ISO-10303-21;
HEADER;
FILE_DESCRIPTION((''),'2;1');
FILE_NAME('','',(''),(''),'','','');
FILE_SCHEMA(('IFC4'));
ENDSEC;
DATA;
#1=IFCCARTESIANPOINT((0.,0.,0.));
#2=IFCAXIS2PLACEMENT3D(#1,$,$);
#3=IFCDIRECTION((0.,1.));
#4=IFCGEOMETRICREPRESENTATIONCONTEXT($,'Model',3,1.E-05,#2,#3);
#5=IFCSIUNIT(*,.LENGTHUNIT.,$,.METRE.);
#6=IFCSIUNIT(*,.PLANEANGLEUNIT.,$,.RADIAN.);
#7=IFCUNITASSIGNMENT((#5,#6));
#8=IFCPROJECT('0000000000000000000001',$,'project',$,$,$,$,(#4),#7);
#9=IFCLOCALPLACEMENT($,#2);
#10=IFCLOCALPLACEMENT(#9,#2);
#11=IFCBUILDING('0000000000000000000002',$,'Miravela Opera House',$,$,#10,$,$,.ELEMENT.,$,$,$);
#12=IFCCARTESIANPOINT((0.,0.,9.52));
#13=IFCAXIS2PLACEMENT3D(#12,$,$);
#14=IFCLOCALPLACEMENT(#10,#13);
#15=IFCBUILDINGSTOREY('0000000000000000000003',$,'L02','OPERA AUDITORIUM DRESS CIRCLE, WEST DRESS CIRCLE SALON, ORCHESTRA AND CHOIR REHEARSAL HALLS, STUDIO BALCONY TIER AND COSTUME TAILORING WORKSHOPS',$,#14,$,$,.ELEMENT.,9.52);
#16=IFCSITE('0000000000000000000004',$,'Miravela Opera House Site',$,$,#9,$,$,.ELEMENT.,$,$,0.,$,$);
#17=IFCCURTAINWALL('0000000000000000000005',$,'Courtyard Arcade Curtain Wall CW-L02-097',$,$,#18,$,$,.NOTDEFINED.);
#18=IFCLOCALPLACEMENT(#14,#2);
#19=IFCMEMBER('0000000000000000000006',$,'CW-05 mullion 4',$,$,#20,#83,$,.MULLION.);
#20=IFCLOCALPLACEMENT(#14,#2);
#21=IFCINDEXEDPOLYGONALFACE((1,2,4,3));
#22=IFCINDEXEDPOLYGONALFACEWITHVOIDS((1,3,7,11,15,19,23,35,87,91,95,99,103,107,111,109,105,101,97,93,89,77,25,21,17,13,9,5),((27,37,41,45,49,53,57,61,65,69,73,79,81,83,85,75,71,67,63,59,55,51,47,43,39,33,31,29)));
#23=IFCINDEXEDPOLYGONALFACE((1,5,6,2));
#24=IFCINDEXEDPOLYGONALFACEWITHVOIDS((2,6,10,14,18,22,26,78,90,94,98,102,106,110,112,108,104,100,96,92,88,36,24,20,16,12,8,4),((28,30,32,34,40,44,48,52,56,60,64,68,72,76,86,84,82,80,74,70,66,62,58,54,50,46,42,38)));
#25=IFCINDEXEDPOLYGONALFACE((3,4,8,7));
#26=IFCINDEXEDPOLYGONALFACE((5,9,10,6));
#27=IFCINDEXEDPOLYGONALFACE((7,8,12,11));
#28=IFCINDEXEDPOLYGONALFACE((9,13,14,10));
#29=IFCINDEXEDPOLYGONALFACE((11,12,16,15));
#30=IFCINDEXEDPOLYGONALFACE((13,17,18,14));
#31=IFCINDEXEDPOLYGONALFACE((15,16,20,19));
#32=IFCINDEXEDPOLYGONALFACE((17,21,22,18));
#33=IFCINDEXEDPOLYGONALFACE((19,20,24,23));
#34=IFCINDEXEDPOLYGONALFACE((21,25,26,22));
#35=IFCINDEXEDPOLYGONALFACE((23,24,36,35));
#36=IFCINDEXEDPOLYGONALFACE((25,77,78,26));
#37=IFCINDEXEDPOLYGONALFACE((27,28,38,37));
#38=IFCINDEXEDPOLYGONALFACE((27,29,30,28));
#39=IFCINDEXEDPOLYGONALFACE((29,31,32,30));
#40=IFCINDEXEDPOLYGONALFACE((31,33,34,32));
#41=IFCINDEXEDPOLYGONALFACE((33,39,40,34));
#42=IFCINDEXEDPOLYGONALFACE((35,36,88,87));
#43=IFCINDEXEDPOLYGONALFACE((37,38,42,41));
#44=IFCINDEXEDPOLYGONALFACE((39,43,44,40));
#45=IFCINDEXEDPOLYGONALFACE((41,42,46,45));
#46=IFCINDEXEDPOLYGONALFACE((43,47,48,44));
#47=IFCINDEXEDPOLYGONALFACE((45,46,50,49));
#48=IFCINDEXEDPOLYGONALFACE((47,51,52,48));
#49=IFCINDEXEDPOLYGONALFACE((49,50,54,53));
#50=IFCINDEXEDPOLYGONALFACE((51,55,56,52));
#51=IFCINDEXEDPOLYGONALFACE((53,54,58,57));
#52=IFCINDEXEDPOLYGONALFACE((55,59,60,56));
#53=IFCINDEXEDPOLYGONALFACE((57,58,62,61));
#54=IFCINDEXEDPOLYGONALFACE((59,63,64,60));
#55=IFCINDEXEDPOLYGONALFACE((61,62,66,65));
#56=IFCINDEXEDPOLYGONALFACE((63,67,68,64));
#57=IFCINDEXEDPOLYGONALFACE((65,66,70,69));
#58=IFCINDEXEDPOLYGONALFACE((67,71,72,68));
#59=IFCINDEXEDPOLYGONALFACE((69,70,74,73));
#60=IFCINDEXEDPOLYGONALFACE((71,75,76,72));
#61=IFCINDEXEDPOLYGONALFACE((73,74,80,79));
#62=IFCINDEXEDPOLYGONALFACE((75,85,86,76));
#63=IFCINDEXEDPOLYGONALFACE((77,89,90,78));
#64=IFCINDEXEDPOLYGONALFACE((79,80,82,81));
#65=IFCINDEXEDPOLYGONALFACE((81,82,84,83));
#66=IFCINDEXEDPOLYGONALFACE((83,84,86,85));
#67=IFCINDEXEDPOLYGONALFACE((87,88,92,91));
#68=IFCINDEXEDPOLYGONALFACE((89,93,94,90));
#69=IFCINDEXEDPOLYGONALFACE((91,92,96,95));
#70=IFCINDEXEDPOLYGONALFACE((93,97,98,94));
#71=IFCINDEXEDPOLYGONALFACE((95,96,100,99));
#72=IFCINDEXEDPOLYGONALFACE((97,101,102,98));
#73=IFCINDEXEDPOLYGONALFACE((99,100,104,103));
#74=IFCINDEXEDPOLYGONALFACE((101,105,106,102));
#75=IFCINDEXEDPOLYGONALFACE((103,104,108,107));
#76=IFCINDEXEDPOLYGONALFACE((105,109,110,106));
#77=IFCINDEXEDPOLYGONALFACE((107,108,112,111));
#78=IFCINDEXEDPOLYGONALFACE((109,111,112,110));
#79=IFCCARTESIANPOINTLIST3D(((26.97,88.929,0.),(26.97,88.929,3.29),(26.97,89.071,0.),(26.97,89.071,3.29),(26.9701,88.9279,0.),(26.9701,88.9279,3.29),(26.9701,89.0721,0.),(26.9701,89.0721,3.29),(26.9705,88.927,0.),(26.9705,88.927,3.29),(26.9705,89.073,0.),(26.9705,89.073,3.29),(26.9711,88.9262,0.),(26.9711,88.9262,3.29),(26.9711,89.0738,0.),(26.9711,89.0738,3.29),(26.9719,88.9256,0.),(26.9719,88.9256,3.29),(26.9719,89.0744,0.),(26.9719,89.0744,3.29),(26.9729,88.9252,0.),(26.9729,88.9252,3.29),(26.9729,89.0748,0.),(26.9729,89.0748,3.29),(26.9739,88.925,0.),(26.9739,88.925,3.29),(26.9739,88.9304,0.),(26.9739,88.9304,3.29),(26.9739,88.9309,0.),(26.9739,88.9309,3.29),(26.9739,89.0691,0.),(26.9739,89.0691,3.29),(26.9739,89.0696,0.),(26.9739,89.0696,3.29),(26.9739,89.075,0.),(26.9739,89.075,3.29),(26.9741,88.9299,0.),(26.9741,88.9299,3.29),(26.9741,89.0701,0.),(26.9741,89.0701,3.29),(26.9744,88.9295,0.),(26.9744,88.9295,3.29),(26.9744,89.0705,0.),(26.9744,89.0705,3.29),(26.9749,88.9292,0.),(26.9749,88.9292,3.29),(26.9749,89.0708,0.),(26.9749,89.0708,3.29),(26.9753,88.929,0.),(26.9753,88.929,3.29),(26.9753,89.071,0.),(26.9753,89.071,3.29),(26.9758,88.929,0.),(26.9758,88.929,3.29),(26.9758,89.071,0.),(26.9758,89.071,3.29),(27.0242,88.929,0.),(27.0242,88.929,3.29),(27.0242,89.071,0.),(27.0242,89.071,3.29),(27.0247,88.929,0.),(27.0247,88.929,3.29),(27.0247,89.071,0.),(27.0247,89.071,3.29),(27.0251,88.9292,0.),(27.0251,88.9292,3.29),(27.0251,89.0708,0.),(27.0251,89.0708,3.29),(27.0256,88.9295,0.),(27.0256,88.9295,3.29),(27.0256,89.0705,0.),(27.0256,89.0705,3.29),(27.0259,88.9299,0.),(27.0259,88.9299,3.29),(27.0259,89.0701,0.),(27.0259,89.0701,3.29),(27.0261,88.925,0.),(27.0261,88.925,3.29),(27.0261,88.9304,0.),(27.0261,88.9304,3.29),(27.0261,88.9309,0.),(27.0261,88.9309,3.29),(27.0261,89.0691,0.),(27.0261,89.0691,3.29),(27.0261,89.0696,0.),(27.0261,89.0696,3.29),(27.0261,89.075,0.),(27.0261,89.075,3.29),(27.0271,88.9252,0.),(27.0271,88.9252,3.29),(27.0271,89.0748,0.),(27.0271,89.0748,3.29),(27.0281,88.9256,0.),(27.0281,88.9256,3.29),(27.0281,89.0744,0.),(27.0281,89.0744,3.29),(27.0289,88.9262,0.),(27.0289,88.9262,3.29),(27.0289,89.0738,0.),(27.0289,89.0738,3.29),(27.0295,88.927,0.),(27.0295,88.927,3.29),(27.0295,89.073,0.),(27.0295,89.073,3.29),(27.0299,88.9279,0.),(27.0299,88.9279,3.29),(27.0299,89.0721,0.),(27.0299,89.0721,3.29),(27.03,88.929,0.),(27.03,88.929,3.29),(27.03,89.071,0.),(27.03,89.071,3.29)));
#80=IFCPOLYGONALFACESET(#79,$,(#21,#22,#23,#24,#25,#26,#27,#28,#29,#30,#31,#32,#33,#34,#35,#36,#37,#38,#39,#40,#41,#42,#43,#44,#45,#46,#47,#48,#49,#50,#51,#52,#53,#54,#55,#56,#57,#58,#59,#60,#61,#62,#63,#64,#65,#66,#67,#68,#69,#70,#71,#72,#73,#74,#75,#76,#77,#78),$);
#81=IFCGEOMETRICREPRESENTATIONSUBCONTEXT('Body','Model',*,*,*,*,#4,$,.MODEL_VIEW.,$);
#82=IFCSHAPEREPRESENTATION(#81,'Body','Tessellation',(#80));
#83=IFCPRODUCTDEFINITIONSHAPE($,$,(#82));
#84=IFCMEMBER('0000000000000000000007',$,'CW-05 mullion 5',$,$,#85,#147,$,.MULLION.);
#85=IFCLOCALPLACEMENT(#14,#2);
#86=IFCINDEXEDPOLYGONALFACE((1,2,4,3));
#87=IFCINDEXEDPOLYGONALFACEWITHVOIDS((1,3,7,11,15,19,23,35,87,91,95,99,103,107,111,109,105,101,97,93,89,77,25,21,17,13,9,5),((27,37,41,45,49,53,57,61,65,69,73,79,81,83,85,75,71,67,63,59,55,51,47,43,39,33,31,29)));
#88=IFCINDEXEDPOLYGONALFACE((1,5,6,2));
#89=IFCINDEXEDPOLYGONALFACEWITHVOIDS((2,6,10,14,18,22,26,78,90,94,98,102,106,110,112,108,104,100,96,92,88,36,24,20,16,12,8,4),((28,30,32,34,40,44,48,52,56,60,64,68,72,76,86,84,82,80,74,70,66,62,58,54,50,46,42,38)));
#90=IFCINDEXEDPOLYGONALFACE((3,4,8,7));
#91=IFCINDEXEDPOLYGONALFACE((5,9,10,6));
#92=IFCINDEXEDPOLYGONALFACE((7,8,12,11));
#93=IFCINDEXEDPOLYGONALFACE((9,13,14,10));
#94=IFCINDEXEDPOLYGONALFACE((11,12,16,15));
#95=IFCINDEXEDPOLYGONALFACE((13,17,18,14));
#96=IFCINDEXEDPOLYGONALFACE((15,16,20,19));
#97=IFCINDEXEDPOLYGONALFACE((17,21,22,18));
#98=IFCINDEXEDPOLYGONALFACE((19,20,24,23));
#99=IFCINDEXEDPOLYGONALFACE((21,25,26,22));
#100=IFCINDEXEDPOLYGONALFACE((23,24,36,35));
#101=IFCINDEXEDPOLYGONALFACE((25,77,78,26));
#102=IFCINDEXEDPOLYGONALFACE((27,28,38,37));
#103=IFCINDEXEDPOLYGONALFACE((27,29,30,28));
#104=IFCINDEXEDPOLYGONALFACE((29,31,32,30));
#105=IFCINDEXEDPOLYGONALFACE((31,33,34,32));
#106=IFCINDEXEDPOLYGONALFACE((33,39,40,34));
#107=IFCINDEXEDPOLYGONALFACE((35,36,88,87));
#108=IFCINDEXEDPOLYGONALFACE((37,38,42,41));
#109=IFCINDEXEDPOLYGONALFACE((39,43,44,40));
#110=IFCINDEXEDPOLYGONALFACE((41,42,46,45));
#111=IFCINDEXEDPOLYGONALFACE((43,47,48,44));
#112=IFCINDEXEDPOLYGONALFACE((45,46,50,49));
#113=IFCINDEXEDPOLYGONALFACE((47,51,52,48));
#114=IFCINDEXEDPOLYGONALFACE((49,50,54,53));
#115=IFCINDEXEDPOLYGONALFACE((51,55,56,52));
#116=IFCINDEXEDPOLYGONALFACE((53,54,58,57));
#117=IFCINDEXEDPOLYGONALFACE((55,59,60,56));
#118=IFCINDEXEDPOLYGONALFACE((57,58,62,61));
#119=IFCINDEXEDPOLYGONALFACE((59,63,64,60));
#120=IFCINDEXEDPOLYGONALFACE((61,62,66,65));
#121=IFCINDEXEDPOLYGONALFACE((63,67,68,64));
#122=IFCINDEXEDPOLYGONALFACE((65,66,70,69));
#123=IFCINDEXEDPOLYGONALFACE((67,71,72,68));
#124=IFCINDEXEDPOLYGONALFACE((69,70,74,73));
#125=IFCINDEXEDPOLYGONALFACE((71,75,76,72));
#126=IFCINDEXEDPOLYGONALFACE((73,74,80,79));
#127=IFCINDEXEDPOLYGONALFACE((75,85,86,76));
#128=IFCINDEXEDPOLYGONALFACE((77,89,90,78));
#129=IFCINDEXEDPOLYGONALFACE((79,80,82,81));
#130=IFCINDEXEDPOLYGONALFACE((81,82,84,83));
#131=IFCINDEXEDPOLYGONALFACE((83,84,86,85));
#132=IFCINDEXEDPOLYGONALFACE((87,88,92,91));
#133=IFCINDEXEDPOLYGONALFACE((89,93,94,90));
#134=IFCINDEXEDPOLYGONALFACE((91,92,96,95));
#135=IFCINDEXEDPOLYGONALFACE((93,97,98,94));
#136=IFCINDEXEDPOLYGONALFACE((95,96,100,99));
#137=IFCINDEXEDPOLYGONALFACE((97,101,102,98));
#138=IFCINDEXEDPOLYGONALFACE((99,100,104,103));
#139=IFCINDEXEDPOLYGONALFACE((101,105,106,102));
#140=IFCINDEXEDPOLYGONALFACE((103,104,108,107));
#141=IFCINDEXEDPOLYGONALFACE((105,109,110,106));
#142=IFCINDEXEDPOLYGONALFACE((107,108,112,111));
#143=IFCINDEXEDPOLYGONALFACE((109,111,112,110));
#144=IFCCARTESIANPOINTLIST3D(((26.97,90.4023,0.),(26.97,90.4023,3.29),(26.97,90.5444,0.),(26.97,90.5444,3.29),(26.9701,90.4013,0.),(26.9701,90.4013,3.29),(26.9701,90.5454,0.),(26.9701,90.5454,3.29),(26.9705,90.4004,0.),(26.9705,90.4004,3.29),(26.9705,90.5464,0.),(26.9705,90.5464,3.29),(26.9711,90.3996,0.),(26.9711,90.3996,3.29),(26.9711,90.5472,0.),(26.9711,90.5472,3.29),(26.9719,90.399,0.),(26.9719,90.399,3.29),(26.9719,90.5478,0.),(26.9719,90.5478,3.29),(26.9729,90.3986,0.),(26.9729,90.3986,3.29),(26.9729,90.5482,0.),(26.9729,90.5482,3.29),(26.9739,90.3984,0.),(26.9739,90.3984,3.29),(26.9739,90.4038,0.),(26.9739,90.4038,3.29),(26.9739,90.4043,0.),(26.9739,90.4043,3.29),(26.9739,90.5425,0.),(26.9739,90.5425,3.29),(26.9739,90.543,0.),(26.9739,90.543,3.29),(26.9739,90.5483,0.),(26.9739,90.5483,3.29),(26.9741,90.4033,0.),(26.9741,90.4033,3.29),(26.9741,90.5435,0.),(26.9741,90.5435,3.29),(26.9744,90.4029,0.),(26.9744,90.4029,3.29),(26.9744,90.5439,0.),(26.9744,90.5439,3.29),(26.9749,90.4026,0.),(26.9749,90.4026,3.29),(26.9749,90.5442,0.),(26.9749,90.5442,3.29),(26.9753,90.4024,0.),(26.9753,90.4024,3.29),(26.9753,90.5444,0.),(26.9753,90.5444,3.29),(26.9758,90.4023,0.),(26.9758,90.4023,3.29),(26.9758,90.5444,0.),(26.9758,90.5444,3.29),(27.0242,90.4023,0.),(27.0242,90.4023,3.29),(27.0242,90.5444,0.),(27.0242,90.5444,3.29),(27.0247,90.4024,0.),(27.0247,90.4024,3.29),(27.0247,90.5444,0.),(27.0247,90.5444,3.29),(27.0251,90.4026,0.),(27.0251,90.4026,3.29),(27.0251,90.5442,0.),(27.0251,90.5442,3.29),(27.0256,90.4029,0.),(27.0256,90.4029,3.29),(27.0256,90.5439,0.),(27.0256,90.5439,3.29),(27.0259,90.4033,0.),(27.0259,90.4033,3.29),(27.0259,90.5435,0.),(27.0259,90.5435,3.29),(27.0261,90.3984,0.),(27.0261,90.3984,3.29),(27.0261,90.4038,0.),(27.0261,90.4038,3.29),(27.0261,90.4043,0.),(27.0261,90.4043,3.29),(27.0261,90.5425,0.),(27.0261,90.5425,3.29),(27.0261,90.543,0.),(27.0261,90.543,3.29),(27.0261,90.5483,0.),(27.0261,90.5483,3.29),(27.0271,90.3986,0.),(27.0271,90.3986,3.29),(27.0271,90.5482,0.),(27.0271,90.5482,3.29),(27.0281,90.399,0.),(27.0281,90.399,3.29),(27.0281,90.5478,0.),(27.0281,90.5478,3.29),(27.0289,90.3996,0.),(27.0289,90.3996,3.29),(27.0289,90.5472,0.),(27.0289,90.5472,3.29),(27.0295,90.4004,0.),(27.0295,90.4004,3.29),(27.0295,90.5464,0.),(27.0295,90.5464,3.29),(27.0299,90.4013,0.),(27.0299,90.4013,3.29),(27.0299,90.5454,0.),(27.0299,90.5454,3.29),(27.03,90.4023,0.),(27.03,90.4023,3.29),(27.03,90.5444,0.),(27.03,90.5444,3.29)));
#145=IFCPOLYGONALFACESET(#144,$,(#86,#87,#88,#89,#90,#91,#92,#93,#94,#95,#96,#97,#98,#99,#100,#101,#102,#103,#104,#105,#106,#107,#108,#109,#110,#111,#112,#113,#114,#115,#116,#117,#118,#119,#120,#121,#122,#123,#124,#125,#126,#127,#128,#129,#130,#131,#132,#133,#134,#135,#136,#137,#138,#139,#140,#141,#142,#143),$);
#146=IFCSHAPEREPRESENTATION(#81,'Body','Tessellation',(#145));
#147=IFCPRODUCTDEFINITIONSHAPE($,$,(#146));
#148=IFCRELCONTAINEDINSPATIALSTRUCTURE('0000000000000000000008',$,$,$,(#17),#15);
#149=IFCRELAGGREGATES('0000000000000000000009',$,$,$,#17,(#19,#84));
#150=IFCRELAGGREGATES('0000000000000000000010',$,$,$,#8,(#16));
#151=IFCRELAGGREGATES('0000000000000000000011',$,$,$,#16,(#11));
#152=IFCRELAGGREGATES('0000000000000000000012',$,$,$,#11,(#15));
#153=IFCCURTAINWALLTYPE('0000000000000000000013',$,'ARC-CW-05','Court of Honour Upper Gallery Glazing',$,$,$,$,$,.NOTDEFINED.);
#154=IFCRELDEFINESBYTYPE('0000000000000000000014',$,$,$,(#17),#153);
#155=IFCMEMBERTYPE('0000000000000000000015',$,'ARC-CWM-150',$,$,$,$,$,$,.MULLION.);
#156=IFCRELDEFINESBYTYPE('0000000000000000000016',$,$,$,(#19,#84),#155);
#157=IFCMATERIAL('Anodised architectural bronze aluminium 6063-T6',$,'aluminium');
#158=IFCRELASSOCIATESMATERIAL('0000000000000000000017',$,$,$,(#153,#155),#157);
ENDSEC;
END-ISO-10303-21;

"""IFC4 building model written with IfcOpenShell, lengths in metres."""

from ifc_helpers import new_model, si_unit, direction, frame, origin, origin_2d, place, context, subcontext, project, spatial, hollow_rectangle, extrude, material, material_profile, profile_set, type_object, element, aggregate, save


model = new_model("IFC4")

# Units and contexts
model_context = context("Model", 3, precision=1e-05, world=origin(), true_north=direction((0.0, 1.0)))
body_context = subcontext(model_context, "Body", "Model", "MODEL_VIEW")
ifc_project = project(units=[si_unit("LENGTHUNIT", "METRE"), si_unit("PLANEANGLEUNIT", "RADIAN")], contexts=[model_context])

# Site, building, storey
site_placement = place(None, origin())
site = spatial("IfcSite", under=ifc_project, at=site_placement, Name="Miravela Opera House Site", CompositionType="ELEMENT", RefElevation=0.0)
building_placement = place(site_placement, origin())
building = spatial("IfcBuilding", under=site, at=building_placement, Name="Miravela Opera House", CompositionType="ELEMENT")
storey_placement = place(building_placement, frame((0.0, 0.0, 9.52)))
storey = spatial("IfcBuildingStorey", under=building, at=storey_placement, Name="L02", Description="OPERA AUDITORIUM DRESS CIRCLE, WEST DRESS CIRCLE SALON, ORCHESTRA AND CHOIR REHEARSAL HALLS, STUDIO BALCONY TIER AND COSTUME TAILORING WORKSHOPS", CompositionType="ELEMENT", Elevation=9.52)

# Curtain wall, members
ifc_material_1 = material(Name="Anodised architectural bronze aluminium 6063-T6", Category="aluminium")
curtain_wall_type = type_object("IfcCurtainWallType", Name="ARC-CW-05", Description="Court of Honour Upper Gallery Glazing", PredefinedType="NOTDEFINED", material=ifc_material_1)
curtain_wall_placement = place(storey_placement, origin())
curtain_wall = element("IfcCurtainWall", 1, at=curtain_wall_placement, inside=storey, type_object=curtain_wall_type, Name="Courtyard Arcade Curtain Wall CW-L02-097", PredefinedType="NOTDEFINED")
ifc_material_profile_1 = material_profile(ifc_material_1, hollow_rectangle(XDim=0.0601, YDim=0.1499, WallThickness=0.0039, InnerFilletRadius=0.002, OuterFilletRadius=0.0039, at=origin_2d()), Name="CWM-60X150")
ifc_profile_set_1 = profile_set([ifc_material_profile_1])
member_type_1 = type_object("IfcMemberType", Name="ARC-CWM-150", PredefinedType="MULLION", material=ifc_profile_set_1)
member_1_placement = place(storey_placement, frame((27.0, 89.0, 0.0), z_axis=(0.0, 0.0, 1.0), x_axis=(-1.0, 0.0, 0.0)))
member_1 = element("IfcMember", 2, at=member_1_placement, type_object=member_type_1, Name="CW-05 mullion 4", PredefinedType="MULLION", context=body_context, shape_type="SweptSolid", body=[
    extrude(hollow_rectangle(XDim=0.0601, YDim=0.1499, WallThickness=0.0039, InnerFilletRadius=0.002, OuterFilletRadius=0.0039, at=origin_2d()), origin(), (0.0, 0.0, 1.0), 3.29),
])
member_2_placement = place(storey_placement, frame((27.0, 90.4734, 0.0), z_axis=(0.0, 0.0, 1.0), x_axis=(-1.0, 0.0, 0.0)))
member_2 = element("IfcMember", 3, at=member_2_placement, type_object=member_type_1, Name="CW-05 mullion 5", PredefinedType="MULLION", context=body_context, shape_type="SweptSolid", body=[
    extrude(hollow_rectangle(XDim=0.0601, YDim=0.1499, WallThickness=0.0039, InnerFilletRadius=0.002, OuterFilletRadius=0.0039, at=origin_2d()), origin(), (0.0, 0.0, 1.0), 3.29),
])
aggregate(curtain_wall, [member_1, member_2])

save(model, "model.ifc")
